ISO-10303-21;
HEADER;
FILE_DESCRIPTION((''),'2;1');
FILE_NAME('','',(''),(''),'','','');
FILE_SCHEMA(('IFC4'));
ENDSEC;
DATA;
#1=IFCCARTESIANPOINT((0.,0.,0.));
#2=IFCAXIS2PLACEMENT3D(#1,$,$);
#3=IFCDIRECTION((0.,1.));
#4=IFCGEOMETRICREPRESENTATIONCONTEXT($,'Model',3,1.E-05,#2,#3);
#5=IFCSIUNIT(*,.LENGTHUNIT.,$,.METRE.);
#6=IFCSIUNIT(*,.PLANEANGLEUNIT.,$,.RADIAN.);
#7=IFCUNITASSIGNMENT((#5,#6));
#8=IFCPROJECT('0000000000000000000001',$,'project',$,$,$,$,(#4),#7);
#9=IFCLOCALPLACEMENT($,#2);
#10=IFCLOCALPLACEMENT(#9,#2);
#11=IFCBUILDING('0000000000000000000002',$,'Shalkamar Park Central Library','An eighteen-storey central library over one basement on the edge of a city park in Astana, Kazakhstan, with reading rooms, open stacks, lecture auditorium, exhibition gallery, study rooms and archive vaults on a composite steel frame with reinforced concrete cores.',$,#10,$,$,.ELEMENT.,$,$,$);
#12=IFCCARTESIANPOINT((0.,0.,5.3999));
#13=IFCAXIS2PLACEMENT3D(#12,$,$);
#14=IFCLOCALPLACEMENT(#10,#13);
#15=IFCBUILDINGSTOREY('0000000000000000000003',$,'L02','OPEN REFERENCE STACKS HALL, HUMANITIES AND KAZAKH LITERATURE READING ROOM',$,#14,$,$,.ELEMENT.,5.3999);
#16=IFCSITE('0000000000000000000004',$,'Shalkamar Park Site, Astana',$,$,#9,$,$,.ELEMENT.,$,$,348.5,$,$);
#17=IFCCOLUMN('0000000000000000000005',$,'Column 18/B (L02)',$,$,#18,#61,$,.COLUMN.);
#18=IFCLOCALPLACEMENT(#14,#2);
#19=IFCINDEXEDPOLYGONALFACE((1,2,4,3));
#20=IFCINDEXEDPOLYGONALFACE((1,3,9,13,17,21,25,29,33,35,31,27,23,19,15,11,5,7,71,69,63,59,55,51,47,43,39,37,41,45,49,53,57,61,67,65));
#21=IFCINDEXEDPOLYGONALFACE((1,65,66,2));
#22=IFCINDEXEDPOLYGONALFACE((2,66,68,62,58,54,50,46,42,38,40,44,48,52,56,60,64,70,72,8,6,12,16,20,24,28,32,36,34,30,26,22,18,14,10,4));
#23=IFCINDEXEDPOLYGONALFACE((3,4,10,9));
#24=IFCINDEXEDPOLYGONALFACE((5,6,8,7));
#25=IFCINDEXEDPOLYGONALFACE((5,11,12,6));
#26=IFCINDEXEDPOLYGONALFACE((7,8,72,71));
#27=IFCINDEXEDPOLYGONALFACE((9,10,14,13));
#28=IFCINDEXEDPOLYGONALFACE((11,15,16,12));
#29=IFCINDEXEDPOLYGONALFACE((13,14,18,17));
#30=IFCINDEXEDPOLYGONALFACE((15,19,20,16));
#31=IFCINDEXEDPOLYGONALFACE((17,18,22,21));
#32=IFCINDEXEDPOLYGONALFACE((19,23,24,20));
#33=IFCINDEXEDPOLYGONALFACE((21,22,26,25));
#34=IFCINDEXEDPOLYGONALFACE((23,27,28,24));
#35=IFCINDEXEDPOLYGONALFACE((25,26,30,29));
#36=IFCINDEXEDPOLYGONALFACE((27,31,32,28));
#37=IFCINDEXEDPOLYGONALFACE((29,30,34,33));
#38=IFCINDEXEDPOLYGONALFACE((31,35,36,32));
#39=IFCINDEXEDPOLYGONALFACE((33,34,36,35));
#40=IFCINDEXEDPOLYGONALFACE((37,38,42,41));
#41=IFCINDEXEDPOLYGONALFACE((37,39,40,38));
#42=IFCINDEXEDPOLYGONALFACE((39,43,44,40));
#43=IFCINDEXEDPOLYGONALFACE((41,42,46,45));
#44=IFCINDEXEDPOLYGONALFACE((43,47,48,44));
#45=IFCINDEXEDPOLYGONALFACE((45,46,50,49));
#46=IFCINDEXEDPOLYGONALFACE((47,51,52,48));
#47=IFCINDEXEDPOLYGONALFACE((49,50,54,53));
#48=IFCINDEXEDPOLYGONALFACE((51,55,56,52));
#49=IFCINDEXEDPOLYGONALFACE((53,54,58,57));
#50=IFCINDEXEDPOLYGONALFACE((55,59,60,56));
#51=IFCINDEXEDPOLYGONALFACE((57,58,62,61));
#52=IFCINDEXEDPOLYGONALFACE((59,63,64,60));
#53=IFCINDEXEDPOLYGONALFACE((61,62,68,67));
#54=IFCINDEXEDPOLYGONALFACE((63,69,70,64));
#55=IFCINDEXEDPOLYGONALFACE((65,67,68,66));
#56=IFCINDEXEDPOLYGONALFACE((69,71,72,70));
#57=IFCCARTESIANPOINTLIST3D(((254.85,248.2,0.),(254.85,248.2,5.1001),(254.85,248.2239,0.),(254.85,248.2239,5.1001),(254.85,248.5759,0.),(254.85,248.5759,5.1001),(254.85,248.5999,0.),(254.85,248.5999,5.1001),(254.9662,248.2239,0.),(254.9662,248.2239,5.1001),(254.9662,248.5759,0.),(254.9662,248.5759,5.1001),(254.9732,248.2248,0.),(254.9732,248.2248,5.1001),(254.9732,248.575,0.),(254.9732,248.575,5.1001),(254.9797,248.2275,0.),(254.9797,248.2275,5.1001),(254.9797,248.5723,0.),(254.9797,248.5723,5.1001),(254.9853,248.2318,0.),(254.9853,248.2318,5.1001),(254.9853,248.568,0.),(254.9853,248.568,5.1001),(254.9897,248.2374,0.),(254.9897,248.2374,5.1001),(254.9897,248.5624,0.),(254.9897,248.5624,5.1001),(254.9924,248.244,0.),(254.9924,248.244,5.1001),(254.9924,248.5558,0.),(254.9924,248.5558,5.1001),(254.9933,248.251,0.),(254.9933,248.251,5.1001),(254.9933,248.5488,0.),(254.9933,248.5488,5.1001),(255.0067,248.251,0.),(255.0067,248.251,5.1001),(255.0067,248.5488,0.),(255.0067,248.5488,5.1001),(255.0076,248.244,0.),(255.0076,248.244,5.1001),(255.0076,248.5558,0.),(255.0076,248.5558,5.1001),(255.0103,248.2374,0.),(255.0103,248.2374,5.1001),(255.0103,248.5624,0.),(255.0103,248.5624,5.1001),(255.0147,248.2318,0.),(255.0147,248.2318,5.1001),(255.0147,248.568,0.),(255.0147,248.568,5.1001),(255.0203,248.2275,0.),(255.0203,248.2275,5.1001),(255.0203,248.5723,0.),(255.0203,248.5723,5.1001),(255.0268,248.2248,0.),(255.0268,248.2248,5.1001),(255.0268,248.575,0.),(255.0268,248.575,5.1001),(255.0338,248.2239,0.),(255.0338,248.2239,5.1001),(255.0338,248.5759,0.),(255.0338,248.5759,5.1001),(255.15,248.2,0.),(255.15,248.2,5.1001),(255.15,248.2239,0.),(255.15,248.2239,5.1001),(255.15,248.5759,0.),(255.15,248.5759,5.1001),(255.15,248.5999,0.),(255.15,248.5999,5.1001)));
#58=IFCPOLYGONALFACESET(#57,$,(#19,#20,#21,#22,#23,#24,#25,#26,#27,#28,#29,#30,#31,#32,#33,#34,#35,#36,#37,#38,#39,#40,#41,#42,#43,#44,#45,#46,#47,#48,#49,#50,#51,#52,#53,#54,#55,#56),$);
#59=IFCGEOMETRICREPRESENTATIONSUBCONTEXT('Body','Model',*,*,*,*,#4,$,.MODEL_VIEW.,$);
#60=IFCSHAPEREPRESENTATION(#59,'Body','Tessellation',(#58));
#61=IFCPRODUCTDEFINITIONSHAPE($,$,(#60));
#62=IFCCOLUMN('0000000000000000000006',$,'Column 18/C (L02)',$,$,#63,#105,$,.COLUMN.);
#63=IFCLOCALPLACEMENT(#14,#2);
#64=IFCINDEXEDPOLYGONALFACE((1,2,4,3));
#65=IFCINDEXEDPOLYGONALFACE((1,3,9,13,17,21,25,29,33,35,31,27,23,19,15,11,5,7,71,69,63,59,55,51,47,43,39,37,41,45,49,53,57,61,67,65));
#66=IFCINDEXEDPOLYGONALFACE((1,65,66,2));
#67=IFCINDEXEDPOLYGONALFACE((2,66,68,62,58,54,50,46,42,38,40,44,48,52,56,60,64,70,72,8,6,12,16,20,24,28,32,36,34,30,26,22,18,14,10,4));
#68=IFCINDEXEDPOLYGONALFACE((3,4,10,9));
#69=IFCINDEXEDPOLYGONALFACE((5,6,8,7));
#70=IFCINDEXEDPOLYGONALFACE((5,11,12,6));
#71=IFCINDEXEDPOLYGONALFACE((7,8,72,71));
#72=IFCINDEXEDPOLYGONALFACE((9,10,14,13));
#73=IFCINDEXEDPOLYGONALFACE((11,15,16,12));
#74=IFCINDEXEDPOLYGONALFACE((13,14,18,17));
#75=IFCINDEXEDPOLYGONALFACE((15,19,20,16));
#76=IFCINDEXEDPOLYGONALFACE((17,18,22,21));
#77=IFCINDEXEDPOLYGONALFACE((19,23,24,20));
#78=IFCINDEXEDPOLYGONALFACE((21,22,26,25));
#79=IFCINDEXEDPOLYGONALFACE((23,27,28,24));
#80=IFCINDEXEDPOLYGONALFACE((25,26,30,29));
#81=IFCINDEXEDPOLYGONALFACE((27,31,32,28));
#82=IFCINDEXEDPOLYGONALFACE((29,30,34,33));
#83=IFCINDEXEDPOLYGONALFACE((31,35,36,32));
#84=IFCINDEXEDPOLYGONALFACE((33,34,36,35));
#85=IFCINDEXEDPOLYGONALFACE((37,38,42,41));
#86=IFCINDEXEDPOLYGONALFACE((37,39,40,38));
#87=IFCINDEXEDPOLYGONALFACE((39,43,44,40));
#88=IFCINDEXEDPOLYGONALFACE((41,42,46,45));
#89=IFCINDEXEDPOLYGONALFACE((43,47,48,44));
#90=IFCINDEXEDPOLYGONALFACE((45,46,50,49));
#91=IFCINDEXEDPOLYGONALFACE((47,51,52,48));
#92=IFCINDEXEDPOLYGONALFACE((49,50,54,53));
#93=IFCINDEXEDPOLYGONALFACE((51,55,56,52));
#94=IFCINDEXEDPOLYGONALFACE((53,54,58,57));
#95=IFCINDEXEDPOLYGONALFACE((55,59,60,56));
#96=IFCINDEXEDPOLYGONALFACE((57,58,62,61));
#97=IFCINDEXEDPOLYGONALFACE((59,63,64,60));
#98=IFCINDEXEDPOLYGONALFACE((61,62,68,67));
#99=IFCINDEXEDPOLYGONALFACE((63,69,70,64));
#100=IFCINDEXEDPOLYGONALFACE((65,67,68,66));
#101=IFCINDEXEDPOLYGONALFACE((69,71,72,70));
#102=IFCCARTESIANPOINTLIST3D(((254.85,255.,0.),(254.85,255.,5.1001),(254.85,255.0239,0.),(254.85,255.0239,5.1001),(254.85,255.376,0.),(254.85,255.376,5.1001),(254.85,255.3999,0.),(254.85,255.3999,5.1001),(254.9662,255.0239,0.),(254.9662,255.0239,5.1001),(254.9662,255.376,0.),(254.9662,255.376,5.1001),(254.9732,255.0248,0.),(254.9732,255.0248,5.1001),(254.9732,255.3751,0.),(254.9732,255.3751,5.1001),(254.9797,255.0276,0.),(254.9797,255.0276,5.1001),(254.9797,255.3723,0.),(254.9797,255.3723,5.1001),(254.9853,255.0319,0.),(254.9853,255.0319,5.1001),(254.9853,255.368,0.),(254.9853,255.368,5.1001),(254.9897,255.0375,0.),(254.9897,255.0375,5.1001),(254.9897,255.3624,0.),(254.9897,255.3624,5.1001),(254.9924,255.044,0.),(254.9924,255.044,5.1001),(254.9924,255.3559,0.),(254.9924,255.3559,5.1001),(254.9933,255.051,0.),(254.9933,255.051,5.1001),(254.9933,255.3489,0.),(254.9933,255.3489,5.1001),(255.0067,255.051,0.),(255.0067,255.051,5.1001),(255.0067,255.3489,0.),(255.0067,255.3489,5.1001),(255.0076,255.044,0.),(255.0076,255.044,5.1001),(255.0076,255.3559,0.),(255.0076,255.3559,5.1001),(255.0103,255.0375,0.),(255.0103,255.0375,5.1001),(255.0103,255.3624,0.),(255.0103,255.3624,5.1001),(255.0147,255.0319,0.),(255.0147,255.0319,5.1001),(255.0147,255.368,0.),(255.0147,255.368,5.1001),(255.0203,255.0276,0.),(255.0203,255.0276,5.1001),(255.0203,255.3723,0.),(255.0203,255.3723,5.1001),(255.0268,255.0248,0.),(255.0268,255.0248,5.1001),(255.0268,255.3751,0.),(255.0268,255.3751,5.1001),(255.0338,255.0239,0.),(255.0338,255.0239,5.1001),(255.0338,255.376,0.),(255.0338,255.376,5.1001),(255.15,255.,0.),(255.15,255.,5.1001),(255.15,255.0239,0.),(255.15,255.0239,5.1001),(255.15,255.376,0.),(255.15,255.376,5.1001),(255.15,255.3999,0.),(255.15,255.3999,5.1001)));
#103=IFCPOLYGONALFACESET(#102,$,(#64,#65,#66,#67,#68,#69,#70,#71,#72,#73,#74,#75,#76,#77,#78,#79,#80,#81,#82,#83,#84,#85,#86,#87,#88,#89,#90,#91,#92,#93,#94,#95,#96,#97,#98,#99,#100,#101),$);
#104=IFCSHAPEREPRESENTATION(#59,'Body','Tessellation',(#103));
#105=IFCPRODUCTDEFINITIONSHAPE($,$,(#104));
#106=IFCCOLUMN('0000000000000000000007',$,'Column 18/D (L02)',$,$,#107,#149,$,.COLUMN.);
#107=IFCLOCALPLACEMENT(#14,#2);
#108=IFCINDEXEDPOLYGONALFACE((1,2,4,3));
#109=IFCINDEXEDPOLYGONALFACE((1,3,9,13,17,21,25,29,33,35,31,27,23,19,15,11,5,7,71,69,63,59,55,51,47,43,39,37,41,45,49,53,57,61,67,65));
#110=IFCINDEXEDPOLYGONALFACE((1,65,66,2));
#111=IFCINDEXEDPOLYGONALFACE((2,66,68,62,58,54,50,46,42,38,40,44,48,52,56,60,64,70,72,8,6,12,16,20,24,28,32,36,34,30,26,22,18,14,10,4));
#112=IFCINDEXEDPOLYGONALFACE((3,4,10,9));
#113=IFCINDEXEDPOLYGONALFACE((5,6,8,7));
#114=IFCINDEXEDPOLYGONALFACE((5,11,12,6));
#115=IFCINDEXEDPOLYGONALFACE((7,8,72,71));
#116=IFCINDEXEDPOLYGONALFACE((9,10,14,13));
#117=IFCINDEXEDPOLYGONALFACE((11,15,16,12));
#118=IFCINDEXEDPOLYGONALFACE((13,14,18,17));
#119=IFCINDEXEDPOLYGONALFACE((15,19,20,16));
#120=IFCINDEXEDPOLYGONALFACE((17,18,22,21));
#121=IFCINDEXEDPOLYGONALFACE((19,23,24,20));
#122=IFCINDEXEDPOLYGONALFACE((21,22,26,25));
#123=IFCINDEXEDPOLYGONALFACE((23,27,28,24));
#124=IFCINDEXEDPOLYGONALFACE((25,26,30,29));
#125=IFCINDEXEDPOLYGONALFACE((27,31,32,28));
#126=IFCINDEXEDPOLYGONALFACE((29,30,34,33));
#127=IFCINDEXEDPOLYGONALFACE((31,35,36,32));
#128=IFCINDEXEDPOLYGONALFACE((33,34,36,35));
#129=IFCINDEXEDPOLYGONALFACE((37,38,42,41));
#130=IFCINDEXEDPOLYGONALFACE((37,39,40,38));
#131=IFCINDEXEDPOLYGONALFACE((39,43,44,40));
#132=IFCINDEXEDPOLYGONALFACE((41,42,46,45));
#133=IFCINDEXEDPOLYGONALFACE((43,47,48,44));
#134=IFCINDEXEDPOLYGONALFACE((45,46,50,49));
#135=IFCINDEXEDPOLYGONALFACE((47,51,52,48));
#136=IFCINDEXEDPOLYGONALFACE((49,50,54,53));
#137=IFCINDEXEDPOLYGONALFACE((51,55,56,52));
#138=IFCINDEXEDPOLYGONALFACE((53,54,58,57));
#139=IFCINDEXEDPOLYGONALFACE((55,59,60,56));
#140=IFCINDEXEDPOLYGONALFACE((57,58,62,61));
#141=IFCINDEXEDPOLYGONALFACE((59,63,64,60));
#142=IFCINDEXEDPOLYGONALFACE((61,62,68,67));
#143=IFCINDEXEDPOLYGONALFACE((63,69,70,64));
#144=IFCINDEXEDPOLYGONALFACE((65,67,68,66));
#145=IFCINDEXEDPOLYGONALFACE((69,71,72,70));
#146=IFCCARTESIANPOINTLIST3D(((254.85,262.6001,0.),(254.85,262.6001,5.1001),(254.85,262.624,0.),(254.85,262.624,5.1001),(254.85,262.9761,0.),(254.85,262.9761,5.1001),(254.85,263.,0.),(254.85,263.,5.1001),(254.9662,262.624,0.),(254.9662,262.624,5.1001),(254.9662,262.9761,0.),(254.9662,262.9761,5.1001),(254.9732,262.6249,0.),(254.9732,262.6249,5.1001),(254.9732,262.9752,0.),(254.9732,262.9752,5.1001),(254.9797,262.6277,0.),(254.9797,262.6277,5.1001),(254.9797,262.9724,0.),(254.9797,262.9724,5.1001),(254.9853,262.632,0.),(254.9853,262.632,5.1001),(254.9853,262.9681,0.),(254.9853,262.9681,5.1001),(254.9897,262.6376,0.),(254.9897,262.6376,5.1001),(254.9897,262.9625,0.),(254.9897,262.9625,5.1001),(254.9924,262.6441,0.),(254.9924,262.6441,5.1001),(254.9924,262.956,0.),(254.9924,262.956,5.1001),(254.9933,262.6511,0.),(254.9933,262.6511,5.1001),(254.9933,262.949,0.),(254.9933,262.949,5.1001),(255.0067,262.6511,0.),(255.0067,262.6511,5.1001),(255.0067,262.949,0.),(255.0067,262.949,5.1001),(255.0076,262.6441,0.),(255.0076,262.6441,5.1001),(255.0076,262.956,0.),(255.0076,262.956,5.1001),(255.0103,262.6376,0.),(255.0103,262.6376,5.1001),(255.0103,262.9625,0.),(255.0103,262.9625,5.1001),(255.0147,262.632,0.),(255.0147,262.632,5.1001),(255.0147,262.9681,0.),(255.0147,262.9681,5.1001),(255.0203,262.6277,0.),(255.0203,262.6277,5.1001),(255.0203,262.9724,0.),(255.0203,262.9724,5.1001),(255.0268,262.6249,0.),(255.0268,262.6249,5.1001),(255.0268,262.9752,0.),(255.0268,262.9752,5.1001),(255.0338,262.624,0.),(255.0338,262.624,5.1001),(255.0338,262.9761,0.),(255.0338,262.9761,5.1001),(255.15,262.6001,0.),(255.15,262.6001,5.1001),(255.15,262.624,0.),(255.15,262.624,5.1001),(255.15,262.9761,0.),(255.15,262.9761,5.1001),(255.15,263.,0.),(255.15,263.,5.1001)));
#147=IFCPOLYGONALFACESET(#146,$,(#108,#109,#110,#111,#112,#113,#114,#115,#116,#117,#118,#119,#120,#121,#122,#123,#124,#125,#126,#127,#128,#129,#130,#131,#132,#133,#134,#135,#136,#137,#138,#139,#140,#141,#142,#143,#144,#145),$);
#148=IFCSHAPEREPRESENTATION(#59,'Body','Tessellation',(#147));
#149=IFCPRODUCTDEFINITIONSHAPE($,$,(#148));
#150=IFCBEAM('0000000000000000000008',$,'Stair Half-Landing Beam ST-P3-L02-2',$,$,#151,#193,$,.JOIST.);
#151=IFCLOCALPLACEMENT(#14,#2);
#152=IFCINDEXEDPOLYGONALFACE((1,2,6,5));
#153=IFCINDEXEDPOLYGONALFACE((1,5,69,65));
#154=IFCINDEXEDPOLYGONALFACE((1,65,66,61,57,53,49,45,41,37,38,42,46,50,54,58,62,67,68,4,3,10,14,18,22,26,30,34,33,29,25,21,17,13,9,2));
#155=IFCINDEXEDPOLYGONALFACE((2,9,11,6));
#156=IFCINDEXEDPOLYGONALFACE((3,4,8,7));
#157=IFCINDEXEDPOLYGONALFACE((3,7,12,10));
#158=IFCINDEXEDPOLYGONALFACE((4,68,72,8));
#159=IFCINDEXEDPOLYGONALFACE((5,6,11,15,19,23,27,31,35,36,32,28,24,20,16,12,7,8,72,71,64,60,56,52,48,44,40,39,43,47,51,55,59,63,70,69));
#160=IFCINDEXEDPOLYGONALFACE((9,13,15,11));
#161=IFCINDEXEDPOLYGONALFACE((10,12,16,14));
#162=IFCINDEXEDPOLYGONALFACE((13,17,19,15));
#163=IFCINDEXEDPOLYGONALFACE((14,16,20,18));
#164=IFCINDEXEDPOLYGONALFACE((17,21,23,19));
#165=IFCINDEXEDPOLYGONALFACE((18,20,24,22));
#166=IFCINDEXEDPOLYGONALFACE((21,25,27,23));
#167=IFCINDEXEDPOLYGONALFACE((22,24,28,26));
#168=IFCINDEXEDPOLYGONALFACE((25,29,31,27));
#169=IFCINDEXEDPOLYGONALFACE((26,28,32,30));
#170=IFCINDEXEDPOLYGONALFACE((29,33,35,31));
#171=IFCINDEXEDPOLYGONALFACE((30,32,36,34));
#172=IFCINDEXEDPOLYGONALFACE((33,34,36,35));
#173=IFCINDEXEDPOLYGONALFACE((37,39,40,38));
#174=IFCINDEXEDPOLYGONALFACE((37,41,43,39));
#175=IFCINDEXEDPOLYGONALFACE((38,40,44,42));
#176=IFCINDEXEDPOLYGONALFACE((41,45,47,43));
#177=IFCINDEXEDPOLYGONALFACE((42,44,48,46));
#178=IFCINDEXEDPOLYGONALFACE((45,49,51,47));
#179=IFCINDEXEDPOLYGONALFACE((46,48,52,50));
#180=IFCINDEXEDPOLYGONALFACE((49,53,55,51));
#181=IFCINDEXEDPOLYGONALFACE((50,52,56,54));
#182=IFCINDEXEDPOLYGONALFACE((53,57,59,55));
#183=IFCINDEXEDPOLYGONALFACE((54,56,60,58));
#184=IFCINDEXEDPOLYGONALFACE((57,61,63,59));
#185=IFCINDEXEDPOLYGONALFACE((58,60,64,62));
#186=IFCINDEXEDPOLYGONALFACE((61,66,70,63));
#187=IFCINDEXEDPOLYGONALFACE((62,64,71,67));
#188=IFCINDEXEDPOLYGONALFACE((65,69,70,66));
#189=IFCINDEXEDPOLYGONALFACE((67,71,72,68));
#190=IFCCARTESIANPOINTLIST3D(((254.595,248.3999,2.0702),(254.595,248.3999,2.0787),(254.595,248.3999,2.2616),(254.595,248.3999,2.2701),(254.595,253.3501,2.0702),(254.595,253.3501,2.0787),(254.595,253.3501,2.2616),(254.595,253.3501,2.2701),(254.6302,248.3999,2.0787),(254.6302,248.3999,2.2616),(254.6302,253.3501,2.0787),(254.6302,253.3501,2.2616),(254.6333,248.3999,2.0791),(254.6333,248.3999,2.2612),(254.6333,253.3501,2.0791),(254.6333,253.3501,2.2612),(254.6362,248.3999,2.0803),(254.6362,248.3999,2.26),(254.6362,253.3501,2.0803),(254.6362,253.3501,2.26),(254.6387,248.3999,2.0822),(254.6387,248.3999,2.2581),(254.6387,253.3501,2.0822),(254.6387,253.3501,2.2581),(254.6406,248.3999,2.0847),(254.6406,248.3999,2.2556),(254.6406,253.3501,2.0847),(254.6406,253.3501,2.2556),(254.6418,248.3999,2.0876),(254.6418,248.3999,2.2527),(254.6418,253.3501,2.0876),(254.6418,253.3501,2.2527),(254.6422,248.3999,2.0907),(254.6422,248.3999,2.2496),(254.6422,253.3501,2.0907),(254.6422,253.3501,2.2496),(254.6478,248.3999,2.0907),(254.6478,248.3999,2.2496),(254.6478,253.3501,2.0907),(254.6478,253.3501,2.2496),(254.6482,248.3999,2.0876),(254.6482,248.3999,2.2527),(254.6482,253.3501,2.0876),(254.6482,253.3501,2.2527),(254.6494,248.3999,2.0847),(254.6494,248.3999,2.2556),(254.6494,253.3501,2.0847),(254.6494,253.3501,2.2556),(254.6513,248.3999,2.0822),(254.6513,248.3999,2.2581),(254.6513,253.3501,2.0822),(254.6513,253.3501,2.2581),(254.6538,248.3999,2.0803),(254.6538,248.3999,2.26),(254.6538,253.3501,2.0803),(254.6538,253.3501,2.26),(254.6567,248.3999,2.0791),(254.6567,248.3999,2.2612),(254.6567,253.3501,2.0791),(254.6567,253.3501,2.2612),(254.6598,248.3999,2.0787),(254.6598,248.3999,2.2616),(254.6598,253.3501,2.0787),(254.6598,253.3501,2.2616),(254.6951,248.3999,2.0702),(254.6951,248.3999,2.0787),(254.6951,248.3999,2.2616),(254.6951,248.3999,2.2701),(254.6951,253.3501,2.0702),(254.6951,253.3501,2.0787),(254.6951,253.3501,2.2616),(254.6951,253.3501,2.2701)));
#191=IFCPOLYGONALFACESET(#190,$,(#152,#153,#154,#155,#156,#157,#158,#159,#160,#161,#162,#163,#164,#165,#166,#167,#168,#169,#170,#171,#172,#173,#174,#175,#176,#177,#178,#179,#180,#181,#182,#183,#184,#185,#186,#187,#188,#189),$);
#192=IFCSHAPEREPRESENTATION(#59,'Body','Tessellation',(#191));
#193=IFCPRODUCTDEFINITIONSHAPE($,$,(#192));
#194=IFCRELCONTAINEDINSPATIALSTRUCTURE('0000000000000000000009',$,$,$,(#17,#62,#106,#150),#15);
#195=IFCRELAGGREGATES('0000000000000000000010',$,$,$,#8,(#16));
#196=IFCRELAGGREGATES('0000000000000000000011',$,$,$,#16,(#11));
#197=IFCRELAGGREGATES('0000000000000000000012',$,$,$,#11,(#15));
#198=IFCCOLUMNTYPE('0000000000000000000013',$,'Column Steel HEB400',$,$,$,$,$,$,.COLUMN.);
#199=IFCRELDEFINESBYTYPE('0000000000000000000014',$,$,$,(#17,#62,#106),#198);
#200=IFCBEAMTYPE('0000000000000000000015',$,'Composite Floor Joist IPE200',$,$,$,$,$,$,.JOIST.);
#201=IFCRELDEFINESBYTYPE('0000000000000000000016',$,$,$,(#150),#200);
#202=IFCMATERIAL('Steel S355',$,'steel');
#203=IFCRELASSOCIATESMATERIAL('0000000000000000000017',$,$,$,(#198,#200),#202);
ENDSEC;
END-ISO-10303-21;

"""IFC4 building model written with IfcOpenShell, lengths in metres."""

from ifc_helpers import new_model, si_unit, direction, frame, origin, origin_2d, place, context, subcontext, project, spatial, i_section, extrude, material, material_profile, profile_set, type_object, element, save


model = new_model("IFC4")

# Units and contexts
model_context = context("Model", 3, precision=1e-05, world=origin(), true_north=direction((0.0, 1.0)))
body_context = subcontext(model_context, "Body", "Model", "MODEL_VIEW")
ifc_project = project(units=[si_unit("LENGTHUNIT", "METRE"), si_unit("PLANEANGLEUNIT", "RADIAN")], contexts=[model_context])

# Site, building, storey
site_placement = place(None, origin())
site = spatial("IfcSite", under=ifc_project, at=site_placement, Name="Shalkamar Park Site, Astana", CompositionType="ELEMENT", RefElevation=348.5)
building_placement = place(site_placement, origin())
building = spatial("IfcBuilding", under=site, at=building_placement, Name="Shalkamar Park Central Library", Description="An eighteen-storey central library over one basement on the edge of a city park in Astana, Kazakhstan, with reading rooms, open stacks, lecture auditorium, exhibition gallery, study rooms and archive vaults on a composite steel frame with reinforced concrete cores.", CompositionType="ELEMENT")
storey_placement = place(building_placement, frame((0.0, 0.0, 5.3999)))
storey = spatial("IfcBuildingStorey", under=building, at=storey_placement, Name="L02", Description="OPEN REFERENCE STACKS HALL, HUMANITIES AND KAZAKH LITERATURE READING ROOM", CompositionType="ELEMENT", Elevation=5.3999)

# Columns
ifc_material_1 = material(Name="Steel S355", Category="steel")
ifc_material_profile_1 = material_profile(ifc_material_1, i_section(OverallWidth=0.3, OverallDepth=0.3999, WebThickness=0.0134, FlangeThickness=0.0239, FilletRadius=0.0271, at=origin_2d()), Name="HEB 400")
ifc_profile_set_1 = profile_set([ifc_material_profile_1], Name="Steel S355")
column_type = type_object("IfcColumnType", Name="Column Steel HEB400", PredefinedType="COLUMN", material=ifc_profile_set_1)
for number, where, z_axis, x_axis, name in (
    (1, (255.0, 248.3999, 0.0), (0.0, 0.0, 1.0), (1.0, 0.0, 0.0), "Column 18/B (L02)"),
    (2, (255.0, 255.2, 0.0), (0.0, 0.0, 1.0), (1.0, 0.0, 0.0), "Column 18/C (L02)"),
    (3, (255.0, 262.8, 0.0), (0.0, 0.0, 1.0), (1.0, 0.0, 0.0), "Column 18/D (L02)"),
):
    element("IfcColumn", number, at=place(storey_placement, frame(where, z_axis=z_axis, x_axis=x_axis)), inside=storey, type_object=column_type, Name=name, PredefinedType="COLUMN", context=body_context, shape_type="SweptSolid", body=[
        extrude(i_section(OverallWidth=0.3, OverallDepth=0.3999, WebThickness=0.0134, FlangeThickness=0.0239, FilletRadius=0.0271, at=origin_2d()), origin(), (0.0, 0.0, 1.0), 5.1001),
    ])

# Beam
ifc_material_profile_2 = material_profile(ifc_material_1, i_section(OverallWidth=0.1001, OverallDepth=0.2, WebThickness=0.0056, FlangeThickness=0.0085, FilletRadius=0.012, at=origin_2d()), Name="IPE 200")
ifc_profile_set_2 = profile_set([ifc_material_profile_2], Name="Steel S355")
beam_type_1 = type_object("IfcBeamType", Name="Composite Floor Joist IPE200", PredefinedType="JOIST", material=ifc_profile_set_2)
beam_1_placement = place(storey_placement, frame((254.645, 248.3999, 2.1702), z_axis=(0.0, 1.0, 0.0), x_axis=(-1.0, 0.0, 0.0)))
element("IfcBeam", 4, at=beam_1_placement, inside=storey, type_object=beam_type_1, Name="Stair Half-Landing Beam ST-P3-L02-2", PredefinedType="JOIST", context=body_context, shape_type="SweptSolid", body=[
    extrude(i_section(OverallWidth=0.1001, OverallDepth=0.2, WebThickness=0.0056, FlangeThickness=0.0085, FilletRadius=0.012, at=origin_2d()), origin(), (0.0, 0.0, 1.0), 4.9502),
])

save(model, "model.ifc")
